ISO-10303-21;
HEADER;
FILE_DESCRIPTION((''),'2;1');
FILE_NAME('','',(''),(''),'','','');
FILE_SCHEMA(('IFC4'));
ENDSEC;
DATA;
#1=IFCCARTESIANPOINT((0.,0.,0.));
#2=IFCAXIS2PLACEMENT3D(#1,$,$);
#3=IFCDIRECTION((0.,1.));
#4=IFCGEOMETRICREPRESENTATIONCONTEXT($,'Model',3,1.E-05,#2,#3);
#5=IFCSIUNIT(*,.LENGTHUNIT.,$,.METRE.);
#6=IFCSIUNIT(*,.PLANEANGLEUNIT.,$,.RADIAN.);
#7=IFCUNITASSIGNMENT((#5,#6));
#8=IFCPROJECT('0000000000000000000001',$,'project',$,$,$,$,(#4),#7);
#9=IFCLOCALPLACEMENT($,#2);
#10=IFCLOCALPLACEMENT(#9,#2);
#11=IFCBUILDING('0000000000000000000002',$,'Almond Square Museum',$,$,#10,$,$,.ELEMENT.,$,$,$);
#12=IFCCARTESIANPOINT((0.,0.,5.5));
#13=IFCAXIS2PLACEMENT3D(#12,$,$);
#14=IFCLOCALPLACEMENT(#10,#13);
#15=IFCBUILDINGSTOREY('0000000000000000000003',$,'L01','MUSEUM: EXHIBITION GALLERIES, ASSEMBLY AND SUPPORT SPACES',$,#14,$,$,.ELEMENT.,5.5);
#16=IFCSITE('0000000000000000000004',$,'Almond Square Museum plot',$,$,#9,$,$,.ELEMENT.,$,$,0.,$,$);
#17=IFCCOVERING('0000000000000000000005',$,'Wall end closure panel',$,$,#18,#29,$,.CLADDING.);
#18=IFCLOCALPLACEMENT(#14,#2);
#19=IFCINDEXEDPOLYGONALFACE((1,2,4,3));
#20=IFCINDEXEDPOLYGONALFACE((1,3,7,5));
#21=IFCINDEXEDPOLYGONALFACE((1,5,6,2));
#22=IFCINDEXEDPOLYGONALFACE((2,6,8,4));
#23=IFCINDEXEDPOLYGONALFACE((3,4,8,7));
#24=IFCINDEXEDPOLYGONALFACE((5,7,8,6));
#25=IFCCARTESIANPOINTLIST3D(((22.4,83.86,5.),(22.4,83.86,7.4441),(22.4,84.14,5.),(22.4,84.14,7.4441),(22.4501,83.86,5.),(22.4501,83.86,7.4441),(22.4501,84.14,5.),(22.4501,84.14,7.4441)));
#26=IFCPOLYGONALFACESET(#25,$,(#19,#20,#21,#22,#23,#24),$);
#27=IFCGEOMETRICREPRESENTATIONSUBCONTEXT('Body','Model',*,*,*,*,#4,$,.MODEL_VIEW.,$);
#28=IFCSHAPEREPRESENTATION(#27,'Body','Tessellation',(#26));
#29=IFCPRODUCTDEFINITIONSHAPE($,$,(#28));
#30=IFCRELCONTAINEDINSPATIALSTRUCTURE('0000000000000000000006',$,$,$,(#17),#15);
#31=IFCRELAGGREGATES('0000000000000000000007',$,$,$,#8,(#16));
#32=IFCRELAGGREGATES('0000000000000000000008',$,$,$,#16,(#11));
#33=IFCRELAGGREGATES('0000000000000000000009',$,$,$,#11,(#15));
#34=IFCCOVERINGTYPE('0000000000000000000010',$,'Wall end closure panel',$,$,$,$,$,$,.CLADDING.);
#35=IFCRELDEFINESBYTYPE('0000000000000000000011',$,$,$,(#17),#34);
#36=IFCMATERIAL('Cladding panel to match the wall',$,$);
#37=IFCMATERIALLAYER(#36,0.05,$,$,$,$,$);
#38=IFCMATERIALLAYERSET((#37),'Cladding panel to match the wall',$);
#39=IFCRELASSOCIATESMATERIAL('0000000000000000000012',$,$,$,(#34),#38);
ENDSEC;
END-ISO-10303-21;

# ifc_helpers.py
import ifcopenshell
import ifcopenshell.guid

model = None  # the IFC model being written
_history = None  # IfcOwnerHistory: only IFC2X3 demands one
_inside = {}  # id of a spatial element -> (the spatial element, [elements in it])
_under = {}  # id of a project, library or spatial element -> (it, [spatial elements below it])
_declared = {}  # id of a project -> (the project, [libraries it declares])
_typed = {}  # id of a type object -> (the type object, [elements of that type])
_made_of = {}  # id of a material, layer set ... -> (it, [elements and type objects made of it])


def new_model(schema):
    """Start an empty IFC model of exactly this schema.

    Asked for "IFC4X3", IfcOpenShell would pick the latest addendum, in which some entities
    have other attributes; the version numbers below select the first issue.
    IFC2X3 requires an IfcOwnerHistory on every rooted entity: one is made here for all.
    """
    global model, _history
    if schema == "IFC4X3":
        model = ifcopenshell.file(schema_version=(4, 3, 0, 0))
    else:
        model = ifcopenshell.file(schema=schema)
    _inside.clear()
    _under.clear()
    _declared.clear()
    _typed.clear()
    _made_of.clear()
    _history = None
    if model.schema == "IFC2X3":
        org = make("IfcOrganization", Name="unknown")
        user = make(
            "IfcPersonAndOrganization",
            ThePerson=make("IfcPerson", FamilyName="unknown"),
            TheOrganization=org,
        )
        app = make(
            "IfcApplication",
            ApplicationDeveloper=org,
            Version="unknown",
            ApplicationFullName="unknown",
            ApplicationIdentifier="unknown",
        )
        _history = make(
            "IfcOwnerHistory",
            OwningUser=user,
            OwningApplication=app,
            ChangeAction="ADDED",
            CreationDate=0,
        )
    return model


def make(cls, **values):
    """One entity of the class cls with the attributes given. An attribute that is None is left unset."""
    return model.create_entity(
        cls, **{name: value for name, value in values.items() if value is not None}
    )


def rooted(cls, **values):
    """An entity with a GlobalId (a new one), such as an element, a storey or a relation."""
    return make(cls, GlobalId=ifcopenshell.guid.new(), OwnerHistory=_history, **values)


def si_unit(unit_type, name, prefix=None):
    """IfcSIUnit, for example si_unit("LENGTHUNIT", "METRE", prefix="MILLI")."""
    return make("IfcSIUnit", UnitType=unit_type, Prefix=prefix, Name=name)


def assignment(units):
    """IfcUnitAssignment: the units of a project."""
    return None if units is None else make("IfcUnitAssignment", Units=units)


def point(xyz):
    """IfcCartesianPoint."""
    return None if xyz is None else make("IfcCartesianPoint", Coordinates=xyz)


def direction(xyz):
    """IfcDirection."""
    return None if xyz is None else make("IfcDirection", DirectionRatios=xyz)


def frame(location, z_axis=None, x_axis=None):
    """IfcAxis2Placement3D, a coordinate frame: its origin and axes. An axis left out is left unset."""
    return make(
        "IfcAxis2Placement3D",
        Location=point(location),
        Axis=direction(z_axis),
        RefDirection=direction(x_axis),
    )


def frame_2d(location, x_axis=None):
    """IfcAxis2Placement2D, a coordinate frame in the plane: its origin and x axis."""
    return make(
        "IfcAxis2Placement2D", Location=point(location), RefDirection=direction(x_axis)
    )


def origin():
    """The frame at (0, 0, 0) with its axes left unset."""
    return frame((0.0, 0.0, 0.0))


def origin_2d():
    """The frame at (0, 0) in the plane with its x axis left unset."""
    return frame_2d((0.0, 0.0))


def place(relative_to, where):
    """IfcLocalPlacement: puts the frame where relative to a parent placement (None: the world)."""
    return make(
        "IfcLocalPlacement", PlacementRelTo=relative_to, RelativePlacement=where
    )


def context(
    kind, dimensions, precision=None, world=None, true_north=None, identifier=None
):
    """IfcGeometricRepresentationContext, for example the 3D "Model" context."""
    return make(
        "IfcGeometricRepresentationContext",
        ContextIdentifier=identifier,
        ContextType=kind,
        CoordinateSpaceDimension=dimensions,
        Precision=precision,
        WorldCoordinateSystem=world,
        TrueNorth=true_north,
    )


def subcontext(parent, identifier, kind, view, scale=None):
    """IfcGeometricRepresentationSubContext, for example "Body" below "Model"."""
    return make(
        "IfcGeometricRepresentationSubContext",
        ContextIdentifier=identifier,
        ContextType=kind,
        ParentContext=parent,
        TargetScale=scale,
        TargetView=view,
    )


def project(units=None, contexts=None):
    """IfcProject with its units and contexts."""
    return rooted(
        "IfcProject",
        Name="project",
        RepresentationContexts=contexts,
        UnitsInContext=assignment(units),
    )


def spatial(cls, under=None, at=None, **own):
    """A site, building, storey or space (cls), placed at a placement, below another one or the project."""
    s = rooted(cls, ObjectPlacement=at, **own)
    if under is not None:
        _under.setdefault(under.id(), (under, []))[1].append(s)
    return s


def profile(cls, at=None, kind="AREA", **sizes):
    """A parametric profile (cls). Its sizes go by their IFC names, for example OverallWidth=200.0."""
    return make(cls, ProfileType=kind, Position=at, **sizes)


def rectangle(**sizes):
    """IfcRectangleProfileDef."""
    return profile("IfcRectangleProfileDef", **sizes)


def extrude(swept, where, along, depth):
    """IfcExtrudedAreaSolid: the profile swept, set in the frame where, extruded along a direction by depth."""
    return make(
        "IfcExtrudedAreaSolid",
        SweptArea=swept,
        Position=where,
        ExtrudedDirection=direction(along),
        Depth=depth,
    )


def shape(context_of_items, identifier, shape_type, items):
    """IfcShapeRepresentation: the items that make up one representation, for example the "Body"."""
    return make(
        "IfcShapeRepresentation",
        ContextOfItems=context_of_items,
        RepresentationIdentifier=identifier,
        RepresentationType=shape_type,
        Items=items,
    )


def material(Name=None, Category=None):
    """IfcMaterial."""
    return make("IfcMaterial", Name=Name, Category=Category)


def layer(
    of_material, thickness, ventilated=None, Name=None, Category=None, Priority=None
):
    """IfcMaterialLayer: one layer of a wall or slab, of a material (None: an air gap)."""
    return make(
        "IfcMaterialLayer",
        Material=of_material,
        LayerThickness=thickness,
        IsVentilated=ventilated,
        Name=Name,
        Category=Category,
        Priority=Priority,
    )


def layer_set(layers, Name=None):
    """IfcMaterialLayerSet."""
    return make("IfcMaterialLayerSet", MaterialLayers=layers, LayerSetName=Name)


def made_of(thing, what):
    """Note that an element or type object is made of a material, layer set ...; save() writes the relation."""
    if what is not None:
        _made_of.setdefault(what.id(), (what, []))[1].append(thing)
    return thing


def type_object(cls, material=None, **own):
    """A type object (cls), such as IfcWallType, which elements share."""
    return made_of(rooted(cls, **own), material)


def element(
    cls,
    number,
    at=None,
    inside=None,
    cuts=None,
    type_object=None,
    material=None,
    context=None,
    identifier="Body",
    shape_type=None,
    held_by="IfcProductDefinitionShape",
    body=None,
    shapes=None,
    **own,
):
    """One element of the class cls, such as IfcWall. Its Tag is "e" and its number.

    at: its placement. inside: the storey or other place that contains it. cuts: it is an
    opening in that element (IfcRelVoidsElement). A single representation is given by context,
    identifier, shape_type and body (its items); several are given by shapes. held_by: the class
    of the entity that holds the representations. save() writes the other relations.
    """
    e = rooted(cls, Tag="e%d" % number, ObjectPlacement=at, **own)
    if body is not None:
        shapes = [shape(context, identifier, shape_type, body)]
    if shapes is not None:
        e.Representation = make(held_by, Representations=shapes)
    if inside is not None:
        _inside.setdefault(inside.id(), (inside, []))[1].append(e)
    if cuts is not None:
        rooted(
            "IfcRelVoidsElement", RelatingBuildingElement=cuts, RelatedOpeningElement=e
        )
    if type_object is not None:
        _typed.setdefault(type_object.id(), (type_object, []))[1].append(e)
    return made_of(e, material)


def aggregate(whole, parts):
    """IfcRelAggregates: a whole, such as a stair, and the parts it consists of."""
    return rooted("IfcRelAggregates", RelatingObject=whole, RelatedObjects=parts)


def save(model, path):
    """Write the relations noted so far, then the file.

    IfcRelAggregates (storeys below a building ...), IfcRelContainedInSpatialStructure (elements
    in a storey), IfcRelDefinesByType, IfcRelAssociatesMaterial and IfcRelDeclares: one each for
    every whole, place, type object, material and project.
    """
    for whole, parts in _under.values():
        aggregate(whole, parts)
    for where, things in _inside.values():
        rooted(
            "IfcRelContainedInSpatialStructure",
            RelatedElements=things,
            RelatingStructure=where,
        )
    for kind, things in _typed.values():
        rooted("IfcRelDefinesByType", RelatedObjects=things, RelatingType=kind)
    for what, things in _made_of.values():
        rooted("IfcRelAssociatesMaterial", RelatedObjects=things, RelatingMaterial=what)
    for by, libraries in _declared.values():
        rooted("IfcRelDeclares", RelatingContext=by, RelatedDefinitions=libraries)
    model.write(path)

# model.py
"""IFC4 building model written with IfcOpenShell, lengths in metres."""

from ifc_helpers import new_model, si_unit, direction, frame, origin, origin_2d, place, context, subcontext, project, spatial, rectangle, extrude, material, layer, layer_set, type_object, element, save


model = new_model("IFC4")

# Units and contexts
model_context = context("Model", 3, precision=1e-05, world=origin(), true_north=direction((0.0, 1.0)))
body_context = subcontext(model_context, "Body", "Model", "MODEL_VIEW")
ifc_project = project(units=[si_unit("LENGTHUNIT", "METRE"), si_unit("PLANEANGLEUNIT", "RADIAN")], contexts=[model_context])

# Site, building, storey
site_placement = place(None, origin())
site = spatial("IfcSite", under=ifc_project, at=site_placement, Name="Almond Square Museum plot", CompositionType="ELEMENT", RefElevation=0.0)
building_placement = place(site_placement, origin())
building = spatial("IfcBuilding", under=site, at=building_placement, Name="Almond Square Museum", CompositionType="ELEMENT")
storey_placement = place(building_placement, frame((0.0, 0.0, 5.5)))
storey = spatial("IfcBuildingStorey", under=building, at=storey_placement, Name="L01", Description="MUSEUM: EXHIBITION GALLERIES, ASSEMBLY AND SUPPORT SPACES", CompositionType="ELEMENT", Elevation=5.5)

# Covering
ifc_material_1 = material(Name="Cladding panel to match the wall")
ifc_layer_1 = layer(ifc_material_1, 0.05)
ifc_layer_set_1 = layer_set([ifc_layer_1], Name="Cladding panel to match the wall")
covering_type = type_object("IfcCoveringType", Name="Wall end closure panel", PredefinedType="CLADDING", material=ifc_layer_set_1)
covering_placement = place(storey_placement, frame((22.425, 84.0, 5.0), z_axis=(0.0, 0.0, 1.0), x_axis=(1.0, 0.0, 0.0)))
element("IfcCovering", 1, at=covering_placement, inside=storey, type_object=covering_type, Name="Wall end closure panel", PredefinedType="CLADDING", context=body_context, shape_type="SweptSolid", body=[
    extrude(rectangle(XDim=0.05, YDim=0.28, at=origin_2d()), origin(), (0.0, 0.0, 1.0), 2.4441),
])

save(model, "model.ifc")
